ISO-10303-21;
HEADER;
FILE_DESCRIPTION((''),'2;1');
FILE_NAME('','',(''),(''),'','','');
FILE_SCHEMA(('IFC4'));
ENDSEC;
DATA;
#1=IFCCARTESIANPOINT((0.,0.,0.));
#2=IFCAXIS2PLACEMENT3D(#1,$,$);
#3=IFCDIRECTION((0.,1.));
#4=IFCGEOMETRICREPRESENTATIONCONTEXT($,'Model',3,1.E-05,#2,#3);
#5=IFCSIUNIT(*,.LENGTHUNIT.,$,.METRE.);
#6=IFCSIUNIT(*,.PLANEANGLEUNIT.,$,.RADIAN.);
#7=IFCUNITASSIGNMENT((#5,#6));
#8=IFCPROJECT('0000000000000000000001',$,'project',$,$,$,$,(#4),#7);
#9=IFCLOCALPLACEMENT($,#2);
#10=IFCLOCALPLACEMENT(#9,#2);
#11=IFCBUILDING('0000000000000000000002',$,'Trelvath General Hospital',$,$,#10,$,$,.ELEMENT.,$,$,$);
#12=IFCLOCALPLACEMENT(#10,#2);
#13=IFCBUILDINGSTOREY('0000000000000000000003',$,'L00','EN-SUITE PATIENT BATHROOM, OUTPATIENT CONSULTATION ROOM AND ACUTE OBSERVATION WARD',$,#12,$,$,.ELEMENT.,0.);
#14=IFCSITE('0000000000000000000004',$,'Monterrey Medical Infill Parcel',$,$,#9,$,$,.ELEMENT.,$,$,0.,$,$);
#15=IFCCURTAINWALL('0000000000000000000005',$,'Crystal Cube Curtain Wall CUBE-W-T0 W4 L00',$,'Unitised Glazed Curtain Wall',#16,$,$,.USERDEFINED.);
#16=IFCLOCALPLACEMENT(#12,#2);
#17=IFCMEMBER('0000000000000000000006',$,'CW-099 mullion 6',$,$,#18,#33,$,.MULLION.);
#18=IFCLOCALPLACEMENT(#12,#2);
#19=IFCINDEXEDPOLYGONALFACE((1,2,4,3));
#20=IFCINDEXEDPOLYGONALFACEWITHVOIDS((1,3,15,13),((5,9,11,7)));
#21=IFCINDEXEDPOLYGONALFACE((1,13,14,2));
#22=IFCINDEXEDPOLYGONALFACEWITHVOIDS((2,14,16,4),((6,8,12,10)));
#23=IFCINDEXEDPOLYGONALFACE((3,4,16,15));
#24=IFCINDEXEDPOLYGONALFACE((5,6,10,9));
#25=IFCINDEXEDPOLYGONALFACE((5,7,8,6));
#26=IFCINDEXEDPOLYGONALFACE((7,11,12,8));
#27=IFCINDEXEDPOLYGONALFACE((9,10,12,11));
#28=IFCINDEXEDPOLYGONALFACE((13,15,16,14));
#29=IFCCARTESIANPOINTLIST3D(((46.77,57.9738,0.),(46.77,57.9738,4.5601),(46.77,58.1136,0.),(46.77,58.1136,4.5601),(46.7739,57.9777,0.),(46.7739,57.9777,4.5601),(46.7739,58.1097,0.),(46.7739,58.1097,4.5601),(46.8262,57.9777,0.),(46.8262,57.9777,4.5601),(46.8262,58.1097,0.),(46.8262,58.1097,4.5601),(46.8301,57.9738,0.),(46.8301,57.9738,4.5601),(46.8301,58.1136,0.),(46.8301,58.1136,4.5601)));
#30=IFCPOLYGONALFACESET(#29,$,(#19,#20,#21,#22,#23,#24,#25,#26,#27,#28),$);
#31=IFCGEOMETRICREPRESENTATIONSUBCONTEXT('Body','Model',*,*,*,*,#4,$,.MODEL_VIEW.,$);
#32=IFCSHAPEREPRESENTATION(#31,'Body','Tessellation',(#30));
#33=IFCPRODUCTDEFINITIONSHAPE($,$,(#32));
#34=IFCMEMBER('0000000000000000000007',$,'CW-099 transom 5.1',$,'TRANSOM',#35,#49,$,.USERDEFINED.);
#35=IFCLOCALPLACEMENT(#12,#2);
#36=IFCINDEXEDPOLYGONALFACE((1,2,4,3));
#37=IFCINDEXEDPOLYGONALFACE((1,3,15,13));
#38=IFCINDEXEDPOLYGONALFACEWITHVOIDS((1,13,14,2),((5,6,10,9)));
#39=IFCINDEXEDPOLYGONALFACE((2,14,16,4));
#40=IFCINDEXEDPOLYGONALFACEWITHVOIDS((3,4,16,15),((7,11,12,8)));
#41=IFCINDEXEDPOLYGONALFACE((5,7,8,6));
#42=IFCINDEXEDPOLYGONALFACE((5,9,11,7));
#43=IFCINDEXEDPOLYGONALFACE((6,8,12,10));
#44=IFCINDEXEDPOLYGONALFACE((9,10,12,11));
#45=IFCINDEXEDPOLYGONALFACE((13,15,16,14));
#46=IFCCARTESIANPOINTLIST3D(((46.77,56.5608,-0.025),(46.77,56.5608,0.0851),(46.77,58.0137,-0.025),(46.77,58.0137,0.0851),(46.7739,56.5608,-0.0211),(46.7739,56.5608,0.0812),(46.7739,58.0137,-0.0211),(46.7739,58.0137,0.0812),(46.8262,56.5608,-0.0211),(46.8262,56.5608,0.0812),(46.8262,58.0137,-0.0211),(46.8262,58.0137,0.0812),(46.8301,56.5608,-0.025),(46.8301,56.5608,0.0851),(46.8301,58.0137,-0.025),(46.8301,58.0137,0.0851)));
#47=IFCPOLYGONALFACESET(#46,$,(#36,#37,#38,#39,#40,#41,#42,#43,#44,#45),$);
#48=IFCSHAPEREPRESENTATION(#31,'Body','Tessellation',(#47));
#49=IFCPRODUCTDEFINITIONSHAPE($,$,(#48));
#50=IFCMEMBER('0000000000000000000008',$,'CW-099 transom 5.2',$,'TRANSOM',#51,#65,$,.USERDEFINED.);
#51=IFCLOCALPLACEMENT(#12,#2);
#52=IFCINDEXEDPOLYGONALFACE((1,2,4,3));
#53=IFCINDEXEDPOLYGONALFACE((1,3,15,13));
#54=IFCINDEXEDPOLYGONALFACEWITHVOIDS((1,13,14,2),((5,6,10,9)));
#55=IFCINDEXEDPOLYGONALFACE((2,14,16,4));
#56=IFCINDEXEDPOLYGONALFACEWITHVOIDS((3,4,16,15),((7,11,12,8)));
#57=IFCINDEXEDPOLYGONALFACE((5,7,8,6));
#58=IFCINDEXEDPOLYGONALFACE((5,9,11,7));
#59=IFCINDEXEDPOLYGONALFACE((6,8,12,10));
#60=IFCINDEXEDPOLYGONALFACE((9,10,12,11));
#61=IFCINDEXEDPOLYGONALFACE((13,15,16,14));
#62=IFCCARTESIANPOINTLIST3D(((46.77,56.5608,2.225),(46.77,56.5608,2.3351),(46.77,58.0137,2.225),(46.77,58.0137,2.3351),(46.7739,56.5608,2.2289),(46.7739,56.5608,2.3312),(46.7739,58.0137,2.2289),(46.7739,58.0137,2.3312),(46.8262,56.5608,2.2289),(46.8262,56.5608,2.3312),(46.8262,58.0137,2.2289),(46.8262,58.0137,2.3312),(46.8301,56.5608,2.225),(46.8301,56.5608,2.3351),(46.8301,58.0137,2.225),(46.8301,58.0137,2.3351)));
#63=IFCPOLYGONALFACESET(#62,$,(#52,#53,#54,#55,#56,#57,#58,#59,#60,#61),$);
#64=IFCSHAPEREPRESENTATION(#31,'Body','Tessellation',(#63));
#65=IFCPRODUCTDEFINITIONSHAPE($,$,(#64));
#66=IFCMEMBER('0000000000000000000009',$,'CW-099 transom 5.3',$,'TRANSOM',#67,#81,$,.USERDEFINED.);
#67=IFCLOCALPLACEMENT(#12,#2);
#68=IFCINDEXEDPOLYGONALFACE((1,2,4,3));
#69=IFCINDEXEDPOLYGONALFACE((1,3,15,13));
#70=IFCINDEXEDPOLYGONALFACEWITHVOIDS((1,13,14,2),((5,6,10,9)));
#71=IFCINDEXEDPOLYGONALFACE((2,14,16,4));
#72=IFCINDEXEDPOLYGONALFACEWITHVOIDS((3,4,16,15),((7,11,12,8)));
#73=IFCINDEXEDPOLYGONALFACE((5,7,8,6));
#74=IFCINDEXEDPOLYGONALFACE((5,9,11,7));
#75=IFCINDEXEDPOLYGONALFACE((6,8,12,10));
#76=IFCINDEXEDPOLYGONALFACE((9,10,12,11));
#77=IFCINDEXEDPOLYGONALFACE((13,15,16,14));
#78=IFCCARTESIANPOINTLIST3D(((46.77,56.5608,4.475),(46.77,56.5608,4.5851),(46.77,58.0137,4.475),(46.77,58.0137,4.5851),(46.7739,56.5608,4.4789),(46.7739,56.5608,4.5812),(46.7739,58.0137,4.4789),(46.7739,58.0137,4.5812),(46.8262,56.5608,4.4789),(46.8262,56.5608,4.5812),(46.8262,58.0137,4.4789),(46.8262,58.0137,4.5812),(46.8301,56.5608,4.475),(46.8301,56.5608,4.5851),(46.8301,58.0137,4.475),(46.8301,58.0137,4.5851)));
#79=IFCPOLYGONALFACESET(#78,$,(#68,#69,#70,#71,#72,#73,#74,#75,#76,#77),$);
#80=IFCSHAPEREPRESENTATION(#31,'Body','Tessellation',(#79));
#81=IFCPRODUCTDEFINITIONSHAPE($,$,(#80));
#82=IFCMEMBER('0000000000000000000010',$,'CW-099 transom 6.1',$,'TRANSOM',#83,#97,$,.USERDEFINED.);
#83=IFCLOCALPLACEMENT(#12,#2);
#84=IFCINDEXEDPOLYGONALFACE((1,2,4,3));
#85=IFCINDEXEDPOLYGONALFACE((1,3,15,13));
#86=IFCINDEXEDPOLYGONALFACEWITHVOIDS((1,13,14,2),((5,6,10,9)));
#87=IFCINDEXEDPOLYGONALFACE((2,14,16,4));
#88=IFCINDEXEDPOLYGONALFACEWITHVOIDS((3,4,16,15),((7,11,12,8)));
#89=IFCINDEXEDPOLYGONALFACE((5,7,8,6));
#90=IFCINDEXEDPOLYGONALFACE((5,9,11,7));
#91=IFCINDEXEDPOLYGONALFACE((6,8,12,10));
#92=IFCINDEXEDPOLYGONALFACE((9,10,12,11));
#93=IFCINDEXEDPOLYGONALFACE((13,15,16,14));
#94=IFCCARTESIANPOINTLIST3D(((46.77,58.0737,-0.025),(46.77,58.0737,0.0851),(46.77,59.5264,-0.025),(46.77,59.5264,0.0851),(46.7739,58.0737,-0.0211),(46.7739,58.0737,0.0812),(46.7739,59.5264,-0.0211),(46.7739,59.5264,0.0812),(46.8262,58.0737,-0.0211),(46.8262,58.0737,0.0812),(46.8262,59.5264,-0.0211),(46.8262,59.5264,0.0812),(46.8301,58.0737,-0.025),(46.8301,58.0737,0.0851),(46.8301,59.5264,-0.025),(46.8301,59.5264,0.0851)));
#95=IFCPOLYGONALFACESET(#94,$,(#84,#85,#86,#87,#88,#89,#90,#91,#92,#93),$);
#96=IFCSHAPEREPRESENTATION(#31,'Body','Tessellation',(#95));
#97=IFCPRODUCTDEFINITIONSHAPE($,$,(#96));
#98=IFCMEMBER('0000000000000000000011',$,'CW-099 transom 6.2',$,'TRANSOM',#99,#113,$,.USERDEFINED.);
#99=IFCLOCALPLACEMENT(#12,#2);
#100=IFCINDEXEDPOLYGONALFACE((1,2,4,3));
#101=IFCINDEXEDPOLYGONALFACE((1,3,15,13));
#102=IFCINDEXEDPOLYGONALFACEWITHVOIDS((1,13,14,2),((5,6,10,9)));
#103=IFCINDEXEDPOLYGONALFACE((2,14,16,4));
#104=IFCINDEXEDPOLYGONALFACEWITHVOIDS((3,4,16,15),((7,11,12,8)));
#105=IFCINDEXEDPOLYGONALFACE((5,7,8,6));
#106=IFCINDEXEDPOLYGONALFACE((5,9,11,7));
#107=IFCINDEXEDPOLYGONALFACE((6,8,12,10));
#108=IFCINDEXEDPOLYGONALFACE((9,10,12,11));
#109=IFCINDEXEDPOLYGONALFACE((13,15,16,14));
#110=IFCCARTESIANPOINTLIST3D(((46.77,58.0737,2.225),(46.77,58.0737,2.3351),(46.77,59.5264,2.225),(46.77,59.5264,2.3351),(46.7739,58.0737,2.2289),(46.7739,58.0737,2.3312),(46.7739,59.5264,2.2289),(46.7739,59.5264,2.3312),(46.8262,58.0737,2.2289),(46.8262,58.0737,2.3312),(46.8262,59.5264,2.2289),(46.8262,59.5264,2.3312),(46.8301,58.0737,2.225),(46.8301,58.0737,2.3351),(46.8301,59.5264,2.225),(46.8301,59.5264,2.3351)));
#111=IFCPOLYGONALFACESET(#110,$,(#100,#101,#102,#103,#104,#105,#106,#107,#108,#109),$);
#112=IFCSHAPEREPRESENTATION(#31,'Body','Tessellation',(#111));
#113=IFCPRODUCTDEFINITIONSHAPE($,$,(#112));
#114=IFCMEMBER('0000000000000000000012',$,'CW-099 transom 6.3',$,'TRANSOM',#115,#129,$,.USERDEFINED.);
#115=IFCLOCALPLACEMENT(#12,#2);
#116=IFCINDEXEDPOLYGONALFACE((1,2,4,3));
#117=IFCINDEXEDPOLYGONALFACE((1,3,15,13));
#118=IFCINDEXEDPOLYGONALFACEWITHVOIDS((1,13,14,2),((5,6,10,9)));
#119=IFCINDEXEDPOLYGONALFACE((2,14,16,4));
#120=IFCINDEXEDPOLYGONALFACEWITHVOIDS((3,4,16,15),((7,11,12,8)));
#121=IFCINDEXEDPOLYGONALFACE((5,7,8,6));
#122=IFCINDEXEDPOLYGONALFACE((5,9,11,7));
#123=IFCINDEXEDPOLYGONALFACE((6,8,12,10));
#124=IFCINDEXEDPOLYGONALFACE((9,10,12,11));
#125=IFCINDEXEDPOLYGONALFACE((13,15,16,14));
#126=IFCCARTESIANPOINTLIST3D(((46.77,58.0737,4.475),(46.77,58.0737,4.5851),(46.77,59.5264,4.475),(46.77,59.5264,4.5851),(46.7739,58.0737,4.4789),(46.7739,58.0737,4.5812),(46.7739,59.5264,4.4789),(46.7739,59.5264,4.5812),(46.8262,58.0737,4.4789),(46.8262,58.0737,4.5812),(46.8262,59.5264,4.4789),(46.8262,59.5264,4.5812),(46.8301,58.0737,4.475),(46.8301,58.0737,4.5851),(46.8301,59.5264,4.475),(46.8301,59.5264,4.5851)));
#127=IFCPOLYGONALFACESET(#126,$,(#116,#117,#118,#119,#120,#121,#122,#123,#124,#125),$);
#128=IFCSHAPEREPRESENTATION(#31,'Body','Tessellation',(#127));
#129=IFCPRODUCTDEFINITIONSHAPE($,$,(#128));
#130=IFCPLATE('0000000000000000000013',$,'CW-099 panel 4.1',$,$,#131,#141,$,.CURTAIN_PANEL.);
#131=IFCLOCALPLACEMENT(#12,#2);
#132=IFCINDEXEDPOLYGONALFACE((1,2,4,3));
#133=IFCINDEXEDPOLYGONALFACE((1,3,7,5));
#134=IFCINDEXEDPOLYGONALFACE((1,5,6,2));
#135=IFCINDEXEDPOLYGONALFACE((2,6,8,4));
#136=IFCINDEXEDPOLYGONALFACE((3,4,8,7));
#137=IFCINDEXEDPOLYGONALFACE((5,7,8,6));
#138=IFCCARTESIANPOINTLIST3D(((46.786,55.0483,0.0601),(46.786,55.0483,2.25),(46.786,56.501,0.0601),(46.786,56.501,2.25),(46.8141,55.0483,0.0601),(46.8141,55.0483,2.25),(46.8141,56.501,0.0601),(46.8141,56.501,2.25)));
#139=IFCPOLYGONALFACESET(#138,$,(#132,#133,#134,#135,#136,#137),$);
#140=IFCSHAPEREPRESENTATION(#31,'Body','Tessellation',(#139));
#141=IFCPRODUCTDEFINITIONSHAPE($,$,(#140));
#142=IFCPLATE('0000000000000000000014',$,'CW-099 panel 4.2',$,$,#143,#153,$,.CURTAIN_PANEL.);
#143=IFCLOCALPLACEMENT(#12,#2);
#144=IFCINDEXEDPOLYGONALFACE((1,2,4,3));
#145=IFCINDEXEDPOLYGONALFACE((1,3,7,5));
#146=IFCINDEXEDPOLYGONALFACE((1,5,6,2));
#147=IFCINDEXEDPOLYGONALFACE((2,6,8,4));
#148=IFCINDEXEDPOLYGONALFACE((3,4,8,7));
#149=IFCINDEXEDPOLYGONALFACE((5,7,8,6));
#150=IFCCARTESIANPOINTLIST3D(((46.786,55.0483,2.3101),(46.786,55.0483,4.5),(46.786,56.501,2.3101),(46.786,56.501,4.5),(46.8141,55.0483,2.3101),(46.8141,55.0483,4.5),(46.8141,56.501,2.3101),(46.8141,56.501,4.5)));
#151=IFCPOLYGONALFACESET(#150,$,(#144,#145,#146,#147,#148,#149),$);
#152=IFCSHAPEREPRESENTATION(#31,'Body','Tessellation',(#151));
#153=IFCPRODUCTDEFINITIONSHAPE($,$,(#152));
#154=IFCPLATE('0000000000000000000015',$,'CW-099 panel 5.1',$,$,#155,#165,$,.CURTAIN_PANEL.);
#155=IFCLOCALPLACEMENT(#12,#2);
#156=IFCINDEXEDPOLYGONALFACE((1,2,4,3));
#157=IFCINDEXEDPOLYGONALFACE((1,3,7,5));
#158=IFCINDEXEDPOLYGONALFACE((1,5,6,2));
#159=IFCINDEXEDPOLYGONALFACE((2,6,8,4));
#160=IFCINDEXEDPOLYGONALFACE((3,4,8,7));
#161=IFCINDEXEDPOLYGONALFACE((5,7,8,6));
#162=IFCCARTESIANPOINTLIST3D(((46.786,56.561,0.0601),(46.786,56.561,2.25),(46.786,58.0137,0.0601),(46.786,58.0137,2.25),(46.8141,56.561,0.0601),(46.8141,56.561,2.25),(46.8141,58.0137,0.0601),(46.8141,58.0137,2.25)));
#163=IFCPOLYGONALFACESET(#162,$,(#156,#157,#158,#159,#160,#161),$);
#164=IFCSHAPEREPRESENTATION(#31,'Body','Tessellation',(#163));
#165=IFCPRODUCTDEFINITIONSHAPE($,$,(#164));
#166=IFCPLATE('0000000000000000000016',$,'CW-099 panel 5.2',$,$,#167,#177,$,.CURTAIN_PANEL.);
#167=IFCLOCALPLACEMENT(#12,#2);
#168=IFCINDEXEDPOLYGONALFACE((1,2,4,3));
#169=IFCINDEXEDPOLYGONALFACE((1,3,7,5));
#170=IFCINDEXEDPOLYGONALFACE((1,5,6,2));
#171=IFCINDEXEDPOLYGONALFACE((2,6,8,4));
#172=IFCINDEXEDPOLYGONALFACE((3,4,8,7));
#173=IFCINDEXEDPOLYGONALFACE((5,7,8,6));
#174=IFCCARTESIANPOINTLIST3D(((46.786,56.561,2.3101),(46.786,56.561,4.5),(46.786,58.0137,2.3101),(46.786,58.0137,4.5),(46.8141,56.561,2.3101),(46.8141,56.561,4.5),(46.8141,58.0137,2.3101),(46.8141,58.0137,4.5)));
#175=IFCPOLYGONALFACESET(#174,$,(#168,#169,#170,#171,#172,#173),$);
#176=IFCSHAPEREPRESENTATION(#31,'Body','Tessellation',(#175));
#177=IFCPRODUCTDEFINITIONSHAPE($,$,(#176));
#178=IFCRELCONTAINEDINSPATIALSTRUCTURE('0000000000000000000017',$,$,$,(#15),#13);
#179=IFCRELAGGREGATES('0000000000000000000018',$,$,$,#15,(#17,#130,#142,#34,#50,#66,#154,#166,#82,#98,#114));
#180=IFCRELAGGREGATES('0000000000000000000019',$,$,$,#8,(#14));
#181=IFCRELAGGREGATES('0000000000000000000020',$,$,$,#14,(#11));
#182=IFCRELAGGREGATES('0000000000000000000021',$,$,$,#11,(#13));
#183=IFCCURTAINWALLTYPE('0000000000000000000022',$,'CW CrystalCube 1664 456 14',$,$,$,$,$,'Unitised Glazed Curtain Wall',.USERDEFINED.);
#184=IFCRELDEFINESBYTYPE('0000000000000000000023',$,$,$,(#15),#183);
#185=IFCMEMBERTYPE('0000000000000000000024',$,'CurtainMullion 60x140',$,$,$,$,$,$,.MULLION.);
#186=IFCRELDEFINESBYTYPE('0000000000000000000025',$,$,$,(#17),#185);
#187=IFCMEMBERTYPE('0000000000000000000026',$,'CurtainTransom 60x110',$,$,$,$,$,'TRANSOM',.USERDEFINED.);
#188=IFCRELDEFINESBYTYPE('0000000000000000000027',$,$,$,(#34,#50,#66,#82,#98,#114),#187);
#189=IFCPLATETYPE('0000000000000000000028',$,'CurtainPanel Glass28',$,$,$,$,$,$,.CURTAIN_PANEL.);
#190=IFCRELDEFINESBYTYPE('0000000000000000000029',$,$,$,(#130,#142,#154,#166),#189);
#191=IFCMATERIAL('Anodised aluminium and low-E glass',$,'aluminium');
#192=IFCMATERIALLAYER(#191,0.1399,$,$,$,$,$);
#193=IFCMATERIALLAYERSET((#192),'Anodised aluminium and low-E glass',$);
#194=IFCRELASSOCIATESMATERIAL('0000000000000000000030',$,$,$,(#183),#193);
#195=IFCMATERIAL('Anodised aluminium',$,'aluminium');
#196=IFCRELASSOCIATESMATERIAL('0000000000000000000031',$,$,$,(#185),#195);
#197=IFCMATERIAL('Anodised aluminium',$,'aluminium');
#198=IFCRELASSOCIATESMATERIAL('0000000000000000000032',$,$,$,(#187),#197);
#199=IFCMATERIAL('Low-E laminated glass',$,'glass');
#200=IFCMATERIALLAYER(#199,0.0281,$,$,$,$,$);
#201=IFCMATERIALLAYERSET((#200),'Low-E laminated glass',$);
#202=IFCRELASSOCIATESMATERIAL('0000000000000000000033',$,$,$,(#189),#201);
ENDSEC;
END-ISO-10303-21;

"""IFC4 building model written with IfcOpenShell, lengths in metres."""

from ifc_helpers import new_model, si_unit, direction, frame, origin, origin_2d, place, context, subcontext, project, spatial, rectangle, hollow_rectangle, extrude, material, layer, layer_set, material_profile, profile_set, type_object, element, aggregate, save


model = new_model("IFC4")

# Units and contexts
model_context = context("Model", 3, precision=1e-05, world=origin(), true_north=direction((0.0, 1.0)))
body_context = subcontext(model_context, "Body", "Model", "MODEL_VIEW")
ifc_project = project(units=[si_unit("LENGTHUNIT", "METRE"), si_unit("PLANEANGLEUNIT", "RADIAN")], contexts=[model_context])

# Site, building, storey
site_placement = place(None, origin())
site = spatial("IfcSite", under=ifc_project, at=site_placement, Name="Monterrey Medical Infill Parcel", CompositionType="ELEMENT", RefElevation=0.0)
building_placement = place(site_placement, origin())
building = spatial("IfcBuilding", under=site, at=building_placement, Name="Trelvath General Hospital", CompositionType="ELEMENT")
storey_placement = place(building_placement, origin())
storey = spatial("IfcBuildingStorey", under=building, at=storey_placement, Name="L00", Description="EN-SUITE PATIENT BATHROOM, OUTPATIENT CONSULTATION ROOM AND ACUTE OBSERVATION WARD", CompositionType="ELEMENT", Elevation=0.0)

# Curtain wall, members, plates
ifc_material_1 = material(Name="Anodised aluminium and low-E glass", Category="aluminium")
ifc_layer_1 = layer(ifc_material_1, 0.1399)
ifc_layer_set_1 = layer_set([ifc_layer_1], Name="Anodised aluminium and low-E glass")
curtain_wall_type = type_object("IfcCurtainWallType", Name="CW CrystalCube 1664 456 14", ElementType="Unitised Glazed Curtain Wall", PredefinedType="USERDEFINED", material=ifc_layer_set_1)
curtain_wall_placement = place(storey_placement, origin())
curtain_wall = element("IfcCurtainWall", 1, at=curtain_wall_placement, inside=storey, type_object=curtain_wall_type, Name="Crystal Cube Curtain Wall CUBE-W-T0 W4 L00", ObjectType="Unitised Glazed Curtain Wall", PredefinedType="USERDEFINED")
ifc_material_2 = material(Name="Anodised aluminium", Category="aluminium")
ifc_material_profile_1 = material_profile(ifc_material_2, hollow_rectangle(XDim=0.0601, YDim=0.1399, WallThickness=0.0039, at=origin_2d()), Name="RHS60x140x4")
ifc_profile_set_1 = profile_set([ifc_material_profile_1], Name="Anodised aluminium")
member_type_1 = type_object("IfcMemberType", Name="CurtainMullion 60x140", PredefinedType="MULLION", material=ifc_profile_set_1)
member_1_placement = place(storey_placement, frame((46.8, 58.0437, 0.0), z_axis=(0.0, 0.0, 1.0), x_axis=(-1.0, 0.0, 0.0)))
member_1 = element("IfcMember", 2, at=member_1_placement, type_object=member_type_1, Name="CW-099 mullion 6", PredefinedType="MULLION", context=body_context, shape_type="SweptSolid", body=[
    extrude(hollow_rectangle(XDim=0.0601, YDim=0.1399, WallThickness=0.0039, at=origin_2d()), origin(), (0.0, 0.0, 1.0), 4.5601),
])
ifc_material_3 = material(Name="Anodised aluminium", Category="aluminium")
ifc_material_profile_2 = material_profile(ifc_material_3, hollow_rectangle(XDim=0.0601, YDim=0.1101, WallThickness=0.0039, at=origin_2d()), Name="RHS60x110x4")
ifc_profile_set_2 = profile_set([ifc_material_profile_2], Name="Anodised aluminium")
member_type_2 = type_object("IfcMemberType", Name="CurtainTransom 60x110", ElementType="TRANSOM", PredefinedType="USERDEFINED", material=ifc_profile_set_2)
member_2_placement = place(storey_placement, frame((46.8, 56.5608, 0.03), z_axis=(0.0, 1.0, 0.0), x_axis=(-1.0, 0.0, 0.0)))
member_2 = element("IfcMember", 3, at=member_2_placement, type_object=member_type_2, Name="CW-099 transom 5.1", ObjectType="TRANSOM", PredefinedType="USERDEFINED", context=body_context, shape_type="SweptSolid", body=[
    extrude(hollow_rectangle(XDim=0.0601, YDim=0.1101, WallThickness=0.0039, at=origin_2d()), origin(), (0.0, 0.0, 1.0), 1.4529),
])
member_3_placement = place(storey_placement, frame((46.8, 56.5608, 2.28), z_axis=(0.0, 1.0, 0.0), x_axis=(-1.0, 0.0, 0.0)))
member_3 = element("IfcMember", 4, at=member_3_placement, type_object=member_type_2, Name="CW-099 transom 5.2", ObjectType="TRANSOM", PredefinedType="USERDEFINED", context=body_context, shape_type="SweptSolid", body=[
    extrude(hollow_rectangle(XDim=0.0601, YDim=0.1101, WallThickness=0.0039, at=origin_2d()), origin(), (0.0, 0.0, 1.0), 1.4529),
])
member_4_placement = place(storey_placement, frame((46.8, 56.5608, 4.53), z_axis=(0.0, 1.0, 0.0), x_axis=(-1.0, 0.0, 0.0)))
member_4 = element("IfcMember", 5, at=member_4_placement, type_object=member_type_2, Name="CW-099 transom 5.3", ObjectType="TRANSOM", PredefinedType="USERDEFINED", context=body_context, shape_type="SweptSolid", body=[
    extrude(hollow_rectangle(XDim=0.0601, YDim=0.1101, WallThickness=0.0039, at=origin_2d()), origin(), (0.0, 0.0, 1.0), 1.4529),
])
member_5_placement = place(storey_placement, frame((46.8, 58.0737, 0.03), z_axis=(0.0, 1.0, 0.0), x_axis=(-1.0, 0.0, 0.0)))
member_5 = element("IfcMember", 6, at=member_5_placement, type_object=member_type_2, Name="CW-099 transom 6.1", ObjectType="TRANSOM", PredefinedType="USERDEFINED", context=body_context, shape_type="SweptSolid", body=[
    extrude(hollow_rectangle(XDim=0.0601, YDim=0.1101, WallThickness=0.0039, at=origin_2d()), origin(), (0.0, 0.0, 1.0), 1.4526),
])
member_6_placement = place(storey_placement, frame((46.8, 58.0737, 2.28), z_axis=(0.0, 1.0, 0.0), x_axis=(-1.0, 0.0, 0.0)))
member_6 = element("IfcMember", 7, at=member_6_placement, type_object=member_type_2, Name="CW-099 transom 6.2", ObjectType="TRANSOM", PredefinedType="USERDEFINED", context=body_context, shape_type="SweptSolid", body=[
    extrude(hollow_rectangle(XDim=0.0601, YDim=0.1101, WallThickness=0.0039, at=origin_2d()), origin(), (0.0, 0.0, 1.0), 1.4526),
])
member_7_placement = place(storey_placement, frame((46.8, 58.0737, 4.53), z_axis=(0.0, 1.0, 0.0), x_axis=(-1.0, 0.0, 0.0)))
member_7 = element("IfcMember", 8, at=member_7_placement, type_object=member_type_2, Name="CW-099 transom 6.3", ObjectType="TRANSOM", PredefinedType="USERDEFINED", context=body_context, shape_type="SweptSolid", body=[
    extrude(hollow_rectangle(XDim=0.0601, YDim=0.1101, WallThickness=0.0039, at=origin_2d()), origin(), (0.0, 0.0, 1.0), 1.4526),
])
ifc_material_4 = material(Name="Low-E laminated glass", Category="glass")
ifc_layer_2 = layer(ifc_material_4, 0.0281)
ifc_layer_set_2 = layer_set([ifc_layer_2], Name="Low-E laminated glass")
plate_type = type_object("IfcPlateType", Name="CurtainPanel Glass28", PredefinedType="CURTAIN_PANEL", material=ifc_layer_set_2)
plate_1_placement = place(storey_placement, frame((46.8, 55.7747, 0.0601), z_axis=(0.0, 0.0, 1.0), x_axis=(0.0, 1.0, 0.0)))
plate_1 = element("IfcPlate", 9, at=plate_1_placement, type_object=plate_type, Name="CW-099 panel 4.1", PredefinedType="CURTAIN_PANEL", context=body_context, shape_type="SweptSolid", body=[
    extrude(rectangle(XDim=1.4526, YDim=0.0281, at=origin_2d()), origin(), (0.0, 0.0, 1.0), 2.1899),
])
plate_2_placement = place(storey_placement, frame((46.8, 55.7747, 2.3101), z_axis=(0.0, 0.0, 1.0), x_axis=(0.0, 1.0, 0.0)))
plate_2 = element("IfcPlate", 10, at=plate_2_placement, type_object=plate_type, Name="CW-099 panel 4.2", PredefinedType="CURTAIN_PANEL", context=body_context, shape_type="SweptSolid", body=[
    extrude(rectangle(XDim=1.4526, YDim=0.0281, at=origin_2d()), origin(), (0.0, 0.0, 1.0), 2.1899),
])
plate_3_placement = place(storey_placement, frame((46.8, 57.2874, 0.0601), z_axis=(0.0, 0.0, 1.0), x_axis=(0.0, 1.0, 0.0)))
plate_3 = element("IfcPlate", 11, at=plate_3_placement, type_object=plate_type, Name="CW-099 panel 5.1", PredefinedType="CURTAIN_PANEL", context=body_context, shape_type="SweptSolid", body=[
    extrude(rectangle(XDim=1.4526, YDim=0.0281, at=origin_2d()), origin(), (0.0, 0.0, 1.0), 2.1899),
])
plate_4_placement = place(storey_placement, frame((46.8, 57.2874, 2.3101), z_axis=(0.0, 0.0, 1.0), x_axis=(0.0, 1.0, 0.0)))
plate_4 = element("IfcPlate", 12, at=plate_4_placement, type_object=plate_type, Name="CW-099 panel 5.2", PredefinedType="CURTAIN_PANEL", context=body_context, shape_type="SweptSolid", body=[
    extrude(rectangle(XDim=1.4526, YDim=0.0281, at=origin_2d()), origin(), (0.0, 0.0, 1.0), 2.1899),
])
aggregate(curtain_wall, [member_1, plate_1, plate_2, member_2, member_3, member_4, plate_3, plate_4, member_5, member_6, member_7])

save(model, "model.ifc")
